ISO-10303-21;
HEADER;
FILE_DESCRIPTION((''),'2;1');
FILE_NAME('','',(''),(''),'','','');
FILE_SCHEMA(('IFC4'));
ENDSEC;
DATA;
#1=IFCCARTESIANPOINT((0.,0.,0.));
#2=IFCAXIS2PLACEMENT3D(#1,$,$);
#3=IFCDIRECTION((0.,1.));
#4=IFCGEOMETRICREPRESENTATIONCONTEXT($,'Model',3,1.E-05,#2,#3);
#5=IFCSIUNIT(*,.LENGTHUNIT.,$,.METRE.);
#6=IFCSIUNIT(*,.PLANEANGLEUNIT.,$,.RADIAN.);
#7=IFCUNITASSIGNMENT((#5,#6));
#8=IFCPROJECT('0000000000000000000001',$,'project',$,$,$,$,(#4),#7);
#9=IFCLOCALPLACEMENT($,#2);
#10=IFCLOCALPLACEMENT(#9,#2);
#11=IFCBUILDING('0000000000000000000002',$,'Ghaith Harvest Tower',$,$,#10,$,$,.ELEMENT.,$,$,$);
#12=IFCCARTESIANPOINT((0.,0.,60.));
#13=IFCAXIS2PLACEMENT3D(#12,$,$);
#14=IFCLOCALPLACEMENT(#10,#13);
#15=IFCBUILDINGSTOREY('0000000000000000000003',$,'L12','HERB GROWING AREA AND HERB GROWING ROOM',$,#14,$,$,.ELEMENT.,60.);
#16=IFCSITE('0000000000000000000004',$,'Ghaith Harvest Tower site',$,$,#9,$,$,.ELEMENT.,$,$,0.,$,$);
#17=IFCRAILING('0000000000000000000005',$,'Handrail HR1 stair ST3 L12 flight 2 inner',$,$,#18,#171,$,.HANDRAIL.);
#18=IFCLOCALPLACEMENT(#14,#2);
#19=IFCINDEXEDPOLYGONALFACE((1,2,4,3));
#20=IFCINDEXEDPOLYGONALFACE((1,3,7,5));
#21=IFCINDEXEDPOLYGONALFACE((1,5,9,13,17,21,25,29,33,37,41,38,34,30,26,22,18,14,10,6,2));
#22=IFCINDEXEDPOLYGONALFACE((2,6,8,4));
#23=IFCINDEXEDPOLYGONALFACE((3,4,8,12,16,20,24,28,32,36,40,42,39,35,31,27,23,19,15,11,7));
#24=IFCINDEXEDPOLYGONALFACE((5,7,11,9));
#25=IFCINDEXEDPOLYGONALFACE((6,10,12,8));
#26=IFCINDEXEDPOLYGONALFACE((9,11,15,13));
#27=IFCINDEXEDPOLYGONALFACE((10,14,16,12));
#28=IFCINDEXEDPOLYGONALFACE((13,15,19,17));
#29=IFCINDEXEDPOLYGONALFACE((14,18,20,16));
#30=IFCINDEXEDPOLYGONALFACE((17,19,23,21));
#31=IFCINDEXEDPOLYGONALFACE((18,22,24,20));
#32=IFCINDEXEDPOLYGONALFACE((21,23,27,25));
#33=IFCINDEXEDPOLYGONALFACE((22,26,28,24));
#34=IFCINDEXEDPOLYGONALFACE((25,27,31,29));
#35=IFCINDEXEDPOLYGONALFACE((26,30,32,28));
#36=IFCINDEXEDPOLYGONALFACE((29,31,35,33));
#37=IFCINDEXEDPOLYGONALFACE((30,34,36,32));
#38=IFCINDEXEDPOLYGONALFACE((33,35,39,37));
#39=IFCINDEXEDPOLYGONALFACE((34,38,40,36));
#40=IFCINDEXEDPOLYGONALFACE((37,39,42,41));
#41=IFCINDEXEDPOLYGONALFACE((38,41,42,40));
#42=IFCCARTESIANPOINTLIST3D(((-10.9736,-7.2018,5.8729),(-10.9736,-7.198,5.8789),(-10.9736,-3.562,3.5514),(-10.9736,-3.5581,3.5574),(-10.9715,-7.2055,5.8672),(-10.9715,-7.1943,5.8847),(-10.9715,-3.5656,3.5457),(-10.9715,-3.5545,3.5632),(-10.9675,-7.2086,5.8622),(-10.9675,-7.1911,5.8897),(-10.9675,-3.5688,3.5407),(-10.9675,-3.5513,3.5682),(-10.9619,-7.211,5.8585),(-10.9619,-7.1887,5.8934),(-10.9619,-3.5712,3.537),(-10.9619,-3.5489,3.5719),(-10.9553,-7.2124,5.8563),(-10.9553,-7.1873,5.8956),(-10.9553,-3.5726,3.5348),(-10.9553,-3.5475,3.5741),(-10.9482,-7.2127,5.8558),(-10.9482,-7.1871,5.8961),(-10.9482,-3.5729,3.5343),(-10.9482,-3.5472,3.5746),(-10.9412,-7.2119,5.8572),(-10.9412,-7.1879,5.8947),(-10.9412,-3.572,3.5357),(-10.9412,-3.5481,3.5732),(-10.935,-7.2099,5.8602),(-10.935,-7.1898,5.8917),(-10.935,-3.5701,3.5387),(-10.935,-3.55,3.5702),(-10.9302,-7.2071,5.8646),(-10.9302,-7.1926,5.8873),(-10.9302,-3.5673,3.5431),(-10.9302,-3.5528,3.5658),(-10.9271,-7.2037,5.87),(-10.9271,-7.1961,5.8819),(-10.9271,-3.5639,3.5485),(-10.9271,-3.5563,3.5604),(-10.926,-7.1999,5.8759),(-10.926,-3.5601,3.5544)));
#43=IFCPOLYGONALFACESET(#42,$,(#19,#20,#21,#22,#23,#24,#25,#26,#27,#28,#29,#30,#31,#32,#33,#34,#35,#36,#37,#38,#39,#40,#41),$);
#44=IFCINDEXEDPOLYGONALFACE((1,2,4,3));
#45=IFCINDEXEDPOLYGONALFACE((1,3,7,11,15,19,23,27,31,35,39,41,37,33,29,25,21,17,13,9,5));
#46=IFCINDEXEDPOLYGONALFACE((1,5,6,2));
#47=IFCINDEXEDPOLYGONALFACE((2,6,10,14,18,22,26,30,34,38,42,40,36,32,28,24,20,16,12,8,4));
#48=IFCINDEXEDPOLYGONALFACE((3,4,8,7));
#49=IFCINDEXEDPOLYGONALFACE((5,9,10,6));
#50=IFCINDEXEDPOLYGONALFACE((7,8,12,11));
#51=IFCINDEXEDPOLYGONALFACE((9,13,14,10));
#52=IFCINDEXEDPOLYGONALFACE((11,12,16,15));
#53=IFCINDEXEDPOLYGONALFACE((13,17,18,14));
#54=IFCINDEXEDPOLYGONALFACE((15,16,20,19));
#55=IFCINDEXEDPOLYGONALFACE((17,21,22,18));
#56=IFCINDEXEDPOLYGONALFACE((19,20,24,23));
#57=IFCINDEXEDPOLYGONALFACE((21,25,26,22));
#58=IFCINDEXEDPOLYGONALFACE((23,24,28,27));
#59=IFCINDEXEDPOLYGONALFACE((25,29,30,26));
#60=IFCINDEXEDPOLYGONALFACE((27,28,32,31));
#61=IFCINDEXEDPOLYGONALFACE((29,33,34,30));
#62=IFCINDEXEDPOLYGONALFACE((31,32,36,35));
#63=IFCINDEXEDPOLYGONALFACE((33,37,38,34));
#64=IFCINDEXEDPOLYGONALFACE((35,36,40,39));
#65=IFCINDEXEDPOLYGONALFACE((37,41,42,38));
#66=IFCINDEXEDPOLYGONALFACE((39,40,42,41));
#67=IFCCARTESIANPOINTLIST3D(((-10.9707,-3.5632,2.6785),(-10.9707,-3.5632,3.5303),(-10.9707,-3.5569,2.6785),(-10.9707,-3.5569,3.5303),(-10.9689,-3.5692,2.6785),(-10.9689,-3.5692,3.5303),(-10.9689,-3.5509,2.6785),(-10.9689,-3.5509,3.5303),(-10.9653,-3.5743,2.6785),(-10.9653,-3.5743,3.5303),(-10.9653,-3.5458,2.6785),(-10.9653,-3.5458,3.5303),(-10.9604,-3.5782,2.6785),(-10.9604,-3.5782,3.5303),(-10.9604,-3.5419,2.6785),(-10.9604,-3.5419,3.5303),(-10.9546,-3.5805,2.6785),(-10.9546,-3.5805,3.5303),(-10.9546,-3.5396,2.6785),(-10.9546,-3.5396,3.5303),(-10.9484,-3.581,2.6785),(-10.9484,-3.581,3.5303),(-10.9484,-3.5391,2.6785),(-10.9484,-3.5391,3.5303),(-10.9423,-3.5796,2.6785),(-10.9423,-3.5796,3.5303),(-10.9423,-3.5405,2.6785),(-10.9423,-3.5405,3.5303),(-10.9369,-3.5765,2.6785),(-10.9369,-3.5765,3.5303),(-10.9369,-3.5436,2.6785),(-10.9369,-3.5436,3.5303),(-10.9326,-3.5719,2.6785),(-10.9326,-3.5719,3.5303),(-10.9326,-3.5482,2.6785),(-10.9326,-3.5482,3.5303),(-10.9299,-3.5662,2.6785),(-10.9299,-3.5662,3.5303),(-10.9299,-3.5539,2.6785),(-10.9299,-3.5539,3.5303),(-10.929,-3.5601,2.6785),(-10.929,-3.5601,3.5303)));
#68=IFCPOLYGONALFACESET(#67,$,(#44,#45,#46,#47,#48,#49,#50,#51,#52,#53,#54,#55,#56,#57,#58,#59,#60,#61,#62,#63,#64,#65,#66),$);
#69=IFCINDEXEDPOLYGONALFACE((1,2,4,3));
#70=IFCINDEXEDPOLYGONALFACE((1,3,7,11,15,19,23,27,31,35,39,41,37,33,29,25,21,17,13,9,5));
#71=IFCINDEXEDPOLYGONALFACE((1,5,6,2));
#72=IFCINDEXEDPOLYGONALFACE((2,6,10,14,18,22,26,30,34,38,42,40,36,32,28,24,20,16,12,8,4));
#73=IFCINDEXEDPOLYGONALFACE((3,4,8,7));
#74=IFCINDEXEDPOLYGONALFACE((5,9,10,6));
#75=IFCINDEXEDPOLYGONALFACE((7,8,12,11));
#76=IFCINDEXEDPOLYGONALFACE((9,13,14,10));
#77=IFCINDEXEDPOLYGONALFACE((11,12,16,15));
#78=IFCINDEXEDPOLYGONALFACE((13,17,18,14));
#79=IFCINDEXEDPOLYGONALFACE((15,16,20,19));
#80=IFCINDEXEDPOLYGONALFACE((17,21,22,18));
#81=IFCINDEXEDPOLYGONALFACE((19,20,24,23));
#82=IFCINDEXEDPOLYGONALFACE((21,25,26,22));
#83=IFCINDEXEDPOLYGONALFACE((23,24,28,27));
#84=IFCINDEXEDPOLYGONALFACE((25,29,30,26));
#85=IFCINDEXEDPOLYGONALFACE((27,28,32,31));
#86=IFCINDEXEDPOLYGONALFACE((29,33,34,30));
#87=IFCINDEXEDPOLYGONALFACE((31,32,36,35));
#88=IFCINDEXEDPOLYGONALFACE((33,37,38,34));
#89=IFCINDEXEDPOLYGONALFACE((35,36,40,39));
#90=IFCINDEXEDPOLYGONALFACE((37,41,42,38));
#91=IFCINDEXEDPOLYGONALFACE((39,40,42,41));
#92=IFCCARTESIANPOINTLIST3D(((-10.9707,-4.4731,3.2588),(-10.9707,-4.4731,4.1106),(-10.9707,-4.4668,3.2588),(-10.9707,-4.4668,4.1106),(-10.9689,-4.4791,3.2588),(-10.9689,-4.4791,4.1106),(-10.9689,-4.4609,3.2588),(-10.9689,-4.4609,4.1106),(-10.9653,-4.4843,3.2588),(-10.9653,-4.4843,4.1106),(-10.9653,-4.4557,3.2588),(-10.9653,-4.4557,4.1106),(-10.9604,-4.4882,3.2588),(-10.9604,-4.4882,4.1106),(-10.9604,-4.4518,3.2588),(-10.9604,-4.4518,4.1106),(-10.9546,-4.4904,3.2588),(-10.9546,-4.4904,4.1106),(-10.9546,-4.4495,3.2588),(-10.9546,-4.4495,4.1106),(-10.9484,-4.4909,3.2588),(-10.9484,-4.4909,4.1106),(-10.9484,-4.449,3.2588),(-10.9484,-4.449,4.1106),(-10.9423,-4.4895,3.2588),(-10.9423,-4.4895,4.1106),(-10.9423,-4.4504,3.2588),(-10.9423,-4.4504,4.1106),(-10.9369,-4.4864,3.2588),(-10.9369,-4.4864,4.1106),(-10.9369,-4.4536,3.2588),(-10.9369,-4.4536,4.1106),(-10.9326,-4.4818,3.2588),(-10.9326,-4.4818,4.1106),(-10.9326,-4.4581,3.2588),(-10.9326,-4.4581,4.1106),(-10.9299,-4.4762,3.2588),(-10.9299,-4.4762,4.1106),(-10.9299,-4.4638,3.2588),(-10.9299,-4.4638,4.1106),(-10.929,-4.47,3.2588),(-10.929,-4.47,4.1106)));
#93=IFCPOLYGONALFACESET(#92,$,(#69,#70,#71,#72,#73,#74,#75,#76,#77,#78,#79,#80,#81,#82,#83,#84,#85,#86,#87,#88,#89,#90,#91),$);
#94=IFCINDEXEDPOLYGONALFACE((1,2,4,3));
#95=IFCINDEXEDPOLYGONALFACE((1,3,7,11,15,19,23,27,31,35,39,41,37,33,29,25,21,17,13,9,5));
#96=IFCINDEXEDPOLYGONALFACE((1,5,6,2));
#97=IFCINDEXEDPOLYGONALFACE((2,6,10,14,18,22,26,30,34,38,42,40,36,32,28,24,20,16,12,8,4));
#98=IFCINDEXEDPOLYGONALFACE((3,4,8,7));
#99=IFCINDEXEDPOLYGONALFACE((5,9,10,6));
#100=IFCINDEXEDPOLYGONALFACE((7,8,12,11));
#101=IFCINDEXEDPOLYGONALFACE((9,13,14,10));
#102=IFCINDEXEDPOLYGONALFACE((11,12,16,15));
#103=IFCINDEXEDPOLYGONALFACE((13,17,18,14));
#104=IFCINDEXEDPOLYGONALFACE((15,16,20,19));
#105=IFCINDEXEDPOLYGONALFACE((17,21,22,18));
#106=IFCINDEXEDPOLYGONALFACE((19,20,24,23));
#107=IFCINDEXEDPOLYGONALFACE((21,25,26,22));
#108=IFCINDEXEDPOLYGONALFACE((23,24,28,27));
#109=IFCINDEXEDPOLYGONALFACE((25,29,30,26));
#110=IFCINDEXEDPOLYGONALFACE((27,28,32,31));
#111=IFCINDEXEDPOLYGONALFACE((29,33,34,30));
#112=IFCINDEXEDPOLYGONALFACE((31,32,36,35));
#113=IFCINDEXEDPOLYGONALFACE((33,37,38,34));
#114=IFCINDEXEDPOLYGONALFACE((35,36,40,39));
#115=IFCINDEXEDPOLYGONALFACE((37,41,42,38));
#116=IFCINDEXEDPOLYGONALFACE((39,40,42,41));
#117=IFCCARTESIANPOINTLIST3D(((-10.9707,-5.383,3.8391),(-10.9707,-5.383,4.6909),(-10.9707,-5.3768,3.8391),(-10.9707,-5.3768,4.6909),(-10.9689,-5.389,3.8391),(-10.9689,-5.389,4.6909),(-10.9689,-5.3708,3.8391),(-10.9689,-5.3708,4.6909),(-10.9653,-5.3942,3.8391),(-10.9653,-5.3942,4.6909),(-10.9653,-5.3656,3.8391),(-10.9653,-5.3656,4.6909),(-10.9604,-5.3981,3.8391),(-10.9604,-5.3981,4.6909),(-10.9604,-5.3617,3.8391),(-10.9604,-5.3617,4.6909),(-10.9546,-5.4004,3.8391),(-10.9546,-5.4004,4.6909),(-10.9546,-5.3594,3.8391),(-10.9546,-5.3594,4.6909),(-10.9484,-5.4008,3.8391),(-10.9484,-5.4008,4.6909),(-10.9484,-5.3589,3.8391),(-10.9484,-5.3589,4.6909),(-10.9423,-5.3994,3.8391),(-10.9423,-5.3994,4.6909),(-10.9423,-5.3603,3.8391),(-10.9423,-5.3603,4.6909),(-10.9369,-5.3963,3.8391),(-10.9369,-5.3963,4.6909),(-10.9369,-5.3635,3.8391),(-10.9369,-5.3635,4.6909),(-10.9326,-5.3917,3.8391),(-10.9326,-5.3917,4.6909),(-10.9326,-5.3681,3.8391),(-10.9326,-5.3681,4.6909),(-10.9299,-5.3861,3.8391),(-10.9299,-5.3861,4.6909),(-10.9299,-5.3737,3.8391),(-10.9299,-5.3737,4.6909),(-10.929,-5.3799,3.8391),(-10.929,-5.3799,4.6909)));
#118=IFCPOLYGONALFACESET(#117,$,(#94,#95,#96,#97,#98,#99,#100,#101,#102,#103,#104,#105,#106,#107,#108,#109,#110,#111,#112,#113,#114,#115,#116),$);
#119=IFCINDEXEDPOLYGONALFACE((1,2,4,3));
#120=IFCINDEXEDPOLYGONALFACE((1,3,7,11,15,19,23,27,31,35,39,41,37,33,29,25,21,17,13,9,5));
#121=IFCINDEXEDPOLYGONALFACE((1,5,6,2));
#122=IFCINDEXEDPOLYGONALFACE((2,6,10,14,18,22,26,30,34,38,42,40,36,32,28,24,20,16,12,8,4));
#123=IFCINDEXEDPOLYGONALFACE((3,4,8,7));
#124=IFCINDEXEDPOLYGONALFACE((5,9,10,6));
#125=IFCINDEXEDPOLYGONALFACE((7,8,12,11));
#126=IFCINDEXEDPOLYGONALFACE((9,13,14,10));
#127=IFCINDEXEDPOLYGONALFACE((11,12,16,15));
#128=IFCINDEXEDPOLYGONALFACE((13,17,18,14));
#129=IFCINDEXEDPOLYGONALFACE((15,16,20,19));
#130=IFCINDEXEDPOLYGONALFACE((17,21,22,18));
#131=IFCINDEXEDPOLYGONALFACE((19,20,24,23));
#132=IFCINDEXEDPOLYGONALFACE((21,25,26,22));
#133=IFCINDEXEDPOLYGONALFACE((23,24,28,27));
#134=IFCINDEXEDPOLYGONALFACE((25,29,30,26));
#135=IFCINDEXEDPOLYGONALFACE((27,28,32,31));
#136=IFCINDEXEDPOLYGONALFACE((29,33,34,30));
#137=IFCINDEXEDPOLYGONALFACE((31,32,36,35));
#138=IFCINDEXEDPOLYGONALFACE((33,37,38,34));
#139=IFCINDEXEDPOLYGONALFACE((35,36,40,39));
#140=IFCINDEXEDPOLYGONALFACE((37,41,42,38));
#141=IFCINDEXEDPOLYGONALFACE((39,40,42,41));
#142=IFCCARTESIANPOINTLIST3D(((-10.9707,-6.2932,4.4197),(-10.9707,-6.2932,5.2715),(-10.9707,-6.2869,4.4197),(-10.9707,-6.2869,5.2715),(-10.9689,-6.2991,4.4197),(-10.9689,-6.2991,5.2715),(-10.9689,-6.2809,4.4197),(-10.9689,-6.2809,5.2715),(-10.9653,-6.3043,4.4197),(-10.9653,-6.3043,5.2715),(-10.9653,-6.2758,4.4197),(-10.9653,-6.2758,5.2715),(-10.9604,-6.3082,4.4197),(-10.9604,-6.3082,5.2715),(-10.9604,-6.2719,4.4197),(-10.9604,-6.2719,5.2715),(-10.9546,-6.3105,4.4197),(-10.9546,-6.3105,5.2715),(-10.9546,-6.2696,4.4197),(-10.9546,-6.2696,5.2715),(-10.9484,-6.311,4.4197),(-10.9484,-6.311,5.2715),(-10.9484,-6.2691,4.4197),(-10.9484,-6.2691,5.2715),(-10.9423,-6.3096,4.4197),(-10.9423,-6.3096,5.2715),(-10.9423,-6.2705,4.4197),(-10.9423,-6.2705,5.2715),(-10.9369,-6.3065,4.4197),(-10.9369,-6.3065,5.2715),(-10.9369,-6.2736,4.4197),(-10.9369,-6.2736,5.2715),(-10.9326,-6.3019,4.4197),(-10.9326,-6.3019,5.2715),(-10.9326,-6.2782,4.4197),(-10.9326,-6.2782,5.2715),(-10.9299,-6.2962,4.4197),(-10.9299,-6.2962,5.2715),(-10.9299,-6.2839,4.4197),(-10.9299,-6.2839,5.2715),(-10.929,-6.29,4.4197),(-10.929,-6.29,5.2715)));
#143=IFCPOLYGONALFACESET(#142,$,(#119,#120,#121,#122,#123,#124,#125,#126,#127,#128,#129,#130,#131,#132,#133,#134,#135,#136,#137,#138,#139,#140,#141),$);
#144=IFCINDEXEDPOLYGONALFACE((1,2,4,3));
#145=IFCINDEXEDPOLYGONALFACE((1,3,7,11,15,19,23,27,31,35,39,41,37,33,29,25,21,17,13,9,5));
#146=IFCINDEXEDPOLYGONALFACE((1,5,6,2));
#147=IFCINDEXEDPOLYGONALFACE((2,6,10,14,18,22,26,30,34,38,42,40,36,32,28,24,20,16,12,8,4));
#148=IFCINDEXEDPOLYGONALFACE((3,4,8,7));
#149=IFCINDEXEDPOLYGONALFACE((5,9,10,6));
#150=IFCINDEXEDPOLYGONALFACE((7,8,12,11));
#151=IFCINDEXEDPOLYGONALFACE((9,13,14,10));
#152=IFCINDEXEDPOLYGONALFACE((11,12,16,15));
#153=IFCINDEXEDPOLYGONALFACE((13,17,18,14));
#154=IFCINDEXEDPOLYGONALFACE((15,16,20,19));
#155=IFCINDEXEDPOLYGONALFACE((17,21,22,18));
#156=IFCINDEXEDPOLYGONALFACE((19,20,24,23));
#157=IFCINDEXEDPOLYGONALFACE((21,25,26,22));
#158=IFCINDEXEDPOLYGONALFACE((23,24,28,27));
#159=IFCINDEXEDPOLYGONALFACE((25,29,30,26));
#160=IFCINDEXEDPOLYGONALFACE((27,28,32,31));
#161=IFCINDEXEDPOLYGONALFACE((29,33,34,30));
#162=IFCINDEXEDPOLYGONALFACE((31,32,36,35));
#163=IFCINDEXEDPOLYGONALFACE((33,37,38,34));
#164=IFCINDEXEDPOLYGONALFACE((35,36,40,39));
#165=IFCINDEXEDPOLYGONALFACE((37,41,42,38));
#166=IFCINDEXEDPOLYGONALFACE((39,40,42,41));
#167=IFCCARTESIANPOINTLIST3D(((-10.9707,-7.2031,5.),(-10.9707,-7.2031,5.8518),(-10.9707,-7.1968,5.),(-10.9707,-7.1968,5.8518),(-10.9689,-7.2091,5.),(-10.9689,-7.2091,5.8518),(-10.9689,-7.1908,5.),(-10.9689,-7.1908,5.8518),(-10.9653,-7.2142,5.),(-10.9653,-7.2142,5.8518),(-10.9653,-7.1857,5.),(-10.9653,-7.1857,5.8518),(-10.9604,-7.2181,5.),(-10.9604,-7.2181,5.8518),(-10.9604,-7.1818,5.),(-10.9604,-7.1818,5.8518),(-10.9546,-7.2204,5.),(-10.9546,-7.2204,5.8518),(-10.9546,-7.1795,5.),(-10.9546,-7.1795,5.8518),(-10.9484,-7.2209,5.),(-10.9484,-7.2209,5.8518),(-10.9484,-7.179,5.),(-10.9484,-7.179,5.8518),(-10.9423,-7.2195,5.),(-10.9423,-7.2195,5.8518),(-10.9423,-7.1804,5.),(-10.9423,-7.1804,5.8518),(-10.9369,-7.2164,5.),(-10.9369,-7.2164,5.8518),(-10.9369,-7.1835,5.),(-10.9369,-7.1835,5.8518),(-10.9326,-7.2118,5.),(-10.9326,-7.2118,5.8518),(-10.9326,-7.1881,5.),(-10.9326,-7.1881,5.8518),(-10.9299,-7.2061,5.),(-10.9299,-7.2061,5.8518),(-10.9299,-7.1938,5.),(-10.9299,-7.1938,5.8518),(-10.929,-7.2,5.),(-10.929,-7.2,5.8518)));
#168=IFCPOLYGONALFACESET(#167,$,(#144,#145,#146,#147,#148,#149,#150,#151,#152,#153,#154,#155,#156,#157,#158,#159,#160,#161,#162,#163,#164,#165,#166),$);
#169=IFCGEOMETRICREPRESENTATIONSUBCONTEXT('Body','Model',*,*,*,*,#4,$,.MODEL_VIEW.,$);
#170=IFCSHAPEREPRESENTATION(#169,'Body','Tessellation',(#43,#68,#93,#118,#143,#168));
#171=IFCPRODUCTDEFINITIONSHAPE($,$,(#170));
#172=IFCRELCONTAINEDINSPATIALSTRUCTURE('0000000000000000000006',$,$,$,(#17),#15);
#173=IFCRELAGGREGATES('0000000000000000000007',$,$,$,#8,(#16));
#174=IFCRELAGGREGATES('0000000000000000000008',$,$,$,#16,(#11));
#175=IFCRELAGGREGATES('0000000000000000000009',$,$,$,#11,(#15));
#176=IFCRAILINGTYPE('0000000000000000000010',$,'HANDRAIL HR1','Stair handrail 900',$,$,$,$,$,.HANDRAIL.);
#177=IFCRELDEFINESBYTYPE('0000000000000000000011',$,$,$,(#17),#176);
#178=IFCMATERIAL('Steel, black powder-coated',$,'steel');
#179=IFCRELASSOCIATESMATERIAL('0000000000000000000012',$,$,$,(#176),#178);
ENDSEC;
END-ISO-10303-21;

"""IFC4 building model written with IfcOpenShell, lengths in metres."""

from ifc_helpers import new_model, si_unit, direction, frame, origin, origin_2d, place, context, subcontext, project, spatial, circle, extrude, material, type_object, element, save


model = new_model("IFC4")

# Units and contexts
model_context = context("Model", 3, precision=1e-05, world=origin(), true_north=direction((0.0, 1.0)))
body_context = subcontext(model_context, "Body", "Model", "MODEL_VIEW")
ifc_project = project(units=[si_unit("LENGTHUNIT", "METRE"), si_unit("PLANEANGLEUNIT", "RADIAN")], contexts=[model_context])

# Site, building, storey
site_placement = place(None, origin())
site = spatial("IfcSite", under=ifc_project, at=site_placement, Name="Ghaith Harvest Tower site", CompositionType="ELEMENT", RefElevation=0.0)
building_placement = place(site_placement, origin())
building = spatial("IfcBuilding", under=site, at=building_placement, Name="Ghaith Harvest Tower", CompositionType="ELEMENT")
storey_placement = place(building_placement, frame((0.0, 0.0, 60.0)))
storey = spatial("IfcBuildingStorey", under=building, at=storey_placement, Name="L12", Description="HERB GROWING AREA AND HERB GROWING ROOM", CompositionType="ELEMENT", Elevation=60.0)

# Railing
ifc_material_1 = material(Name="Steel, black powder-coated", Category="steel")
railing_type = type_object("IfcRailingType", Name="HANDRAIL HR1", Description="Stair handrail 900", PredefinedType="HANDRAIL", material=ifc_material_1)
railing_1_placement = place(storey_placement, frame((-10.95, -3.5601, 2.6785)))
element("IfcRailing", 1, at=railing_1_placement, inside=storey, type_object=railing_type, Name="Handrail HR1 stair ST3 L12 flight 2 inner", PredefinedType="HANDRAIL", context=body_context, shape_type="SweptSolid", body=[
    extrude(circle(Radius=0.0239, at=origin_2d()), frame((0.0, 0.0, 0.876), z_axis=(0.0, -0.843112, 0.537739), x_axis=(1.0, 0.0, 0.0)), (0.0, 0.0, 1.0), 4.3171),
    extrude(circle(Radius=0.021, at=origin_2d()), origin(), (0.0, 0.0, 1.0), 0.8518),
    extrude(circle(Radius=0.021, at=origin_2d()), frame((0.0, -0.9099, 0.5803)), (0.0, 0.0, 1.0), 0.8518),
    extrude(circle(Radius=0.021, at=origin_2d()), frame((0.0, -1.8198, 1.1606)), (0.0, 0.0, 1.0), 0.8518),
    extrude(circle(Radius=0.021, at=origin_2d()), frame((0.0, -2.73, 1.7412)), (0.0, 0.0, 1.0), 0.8518),
    extrude(circle(Radius=0.021, at=origin_2d()), frame((0.0, -3.6399, 2.3215)), (0.0, 0.0, 1.0), 0.8518),
])

save(model, "model.ifc")
